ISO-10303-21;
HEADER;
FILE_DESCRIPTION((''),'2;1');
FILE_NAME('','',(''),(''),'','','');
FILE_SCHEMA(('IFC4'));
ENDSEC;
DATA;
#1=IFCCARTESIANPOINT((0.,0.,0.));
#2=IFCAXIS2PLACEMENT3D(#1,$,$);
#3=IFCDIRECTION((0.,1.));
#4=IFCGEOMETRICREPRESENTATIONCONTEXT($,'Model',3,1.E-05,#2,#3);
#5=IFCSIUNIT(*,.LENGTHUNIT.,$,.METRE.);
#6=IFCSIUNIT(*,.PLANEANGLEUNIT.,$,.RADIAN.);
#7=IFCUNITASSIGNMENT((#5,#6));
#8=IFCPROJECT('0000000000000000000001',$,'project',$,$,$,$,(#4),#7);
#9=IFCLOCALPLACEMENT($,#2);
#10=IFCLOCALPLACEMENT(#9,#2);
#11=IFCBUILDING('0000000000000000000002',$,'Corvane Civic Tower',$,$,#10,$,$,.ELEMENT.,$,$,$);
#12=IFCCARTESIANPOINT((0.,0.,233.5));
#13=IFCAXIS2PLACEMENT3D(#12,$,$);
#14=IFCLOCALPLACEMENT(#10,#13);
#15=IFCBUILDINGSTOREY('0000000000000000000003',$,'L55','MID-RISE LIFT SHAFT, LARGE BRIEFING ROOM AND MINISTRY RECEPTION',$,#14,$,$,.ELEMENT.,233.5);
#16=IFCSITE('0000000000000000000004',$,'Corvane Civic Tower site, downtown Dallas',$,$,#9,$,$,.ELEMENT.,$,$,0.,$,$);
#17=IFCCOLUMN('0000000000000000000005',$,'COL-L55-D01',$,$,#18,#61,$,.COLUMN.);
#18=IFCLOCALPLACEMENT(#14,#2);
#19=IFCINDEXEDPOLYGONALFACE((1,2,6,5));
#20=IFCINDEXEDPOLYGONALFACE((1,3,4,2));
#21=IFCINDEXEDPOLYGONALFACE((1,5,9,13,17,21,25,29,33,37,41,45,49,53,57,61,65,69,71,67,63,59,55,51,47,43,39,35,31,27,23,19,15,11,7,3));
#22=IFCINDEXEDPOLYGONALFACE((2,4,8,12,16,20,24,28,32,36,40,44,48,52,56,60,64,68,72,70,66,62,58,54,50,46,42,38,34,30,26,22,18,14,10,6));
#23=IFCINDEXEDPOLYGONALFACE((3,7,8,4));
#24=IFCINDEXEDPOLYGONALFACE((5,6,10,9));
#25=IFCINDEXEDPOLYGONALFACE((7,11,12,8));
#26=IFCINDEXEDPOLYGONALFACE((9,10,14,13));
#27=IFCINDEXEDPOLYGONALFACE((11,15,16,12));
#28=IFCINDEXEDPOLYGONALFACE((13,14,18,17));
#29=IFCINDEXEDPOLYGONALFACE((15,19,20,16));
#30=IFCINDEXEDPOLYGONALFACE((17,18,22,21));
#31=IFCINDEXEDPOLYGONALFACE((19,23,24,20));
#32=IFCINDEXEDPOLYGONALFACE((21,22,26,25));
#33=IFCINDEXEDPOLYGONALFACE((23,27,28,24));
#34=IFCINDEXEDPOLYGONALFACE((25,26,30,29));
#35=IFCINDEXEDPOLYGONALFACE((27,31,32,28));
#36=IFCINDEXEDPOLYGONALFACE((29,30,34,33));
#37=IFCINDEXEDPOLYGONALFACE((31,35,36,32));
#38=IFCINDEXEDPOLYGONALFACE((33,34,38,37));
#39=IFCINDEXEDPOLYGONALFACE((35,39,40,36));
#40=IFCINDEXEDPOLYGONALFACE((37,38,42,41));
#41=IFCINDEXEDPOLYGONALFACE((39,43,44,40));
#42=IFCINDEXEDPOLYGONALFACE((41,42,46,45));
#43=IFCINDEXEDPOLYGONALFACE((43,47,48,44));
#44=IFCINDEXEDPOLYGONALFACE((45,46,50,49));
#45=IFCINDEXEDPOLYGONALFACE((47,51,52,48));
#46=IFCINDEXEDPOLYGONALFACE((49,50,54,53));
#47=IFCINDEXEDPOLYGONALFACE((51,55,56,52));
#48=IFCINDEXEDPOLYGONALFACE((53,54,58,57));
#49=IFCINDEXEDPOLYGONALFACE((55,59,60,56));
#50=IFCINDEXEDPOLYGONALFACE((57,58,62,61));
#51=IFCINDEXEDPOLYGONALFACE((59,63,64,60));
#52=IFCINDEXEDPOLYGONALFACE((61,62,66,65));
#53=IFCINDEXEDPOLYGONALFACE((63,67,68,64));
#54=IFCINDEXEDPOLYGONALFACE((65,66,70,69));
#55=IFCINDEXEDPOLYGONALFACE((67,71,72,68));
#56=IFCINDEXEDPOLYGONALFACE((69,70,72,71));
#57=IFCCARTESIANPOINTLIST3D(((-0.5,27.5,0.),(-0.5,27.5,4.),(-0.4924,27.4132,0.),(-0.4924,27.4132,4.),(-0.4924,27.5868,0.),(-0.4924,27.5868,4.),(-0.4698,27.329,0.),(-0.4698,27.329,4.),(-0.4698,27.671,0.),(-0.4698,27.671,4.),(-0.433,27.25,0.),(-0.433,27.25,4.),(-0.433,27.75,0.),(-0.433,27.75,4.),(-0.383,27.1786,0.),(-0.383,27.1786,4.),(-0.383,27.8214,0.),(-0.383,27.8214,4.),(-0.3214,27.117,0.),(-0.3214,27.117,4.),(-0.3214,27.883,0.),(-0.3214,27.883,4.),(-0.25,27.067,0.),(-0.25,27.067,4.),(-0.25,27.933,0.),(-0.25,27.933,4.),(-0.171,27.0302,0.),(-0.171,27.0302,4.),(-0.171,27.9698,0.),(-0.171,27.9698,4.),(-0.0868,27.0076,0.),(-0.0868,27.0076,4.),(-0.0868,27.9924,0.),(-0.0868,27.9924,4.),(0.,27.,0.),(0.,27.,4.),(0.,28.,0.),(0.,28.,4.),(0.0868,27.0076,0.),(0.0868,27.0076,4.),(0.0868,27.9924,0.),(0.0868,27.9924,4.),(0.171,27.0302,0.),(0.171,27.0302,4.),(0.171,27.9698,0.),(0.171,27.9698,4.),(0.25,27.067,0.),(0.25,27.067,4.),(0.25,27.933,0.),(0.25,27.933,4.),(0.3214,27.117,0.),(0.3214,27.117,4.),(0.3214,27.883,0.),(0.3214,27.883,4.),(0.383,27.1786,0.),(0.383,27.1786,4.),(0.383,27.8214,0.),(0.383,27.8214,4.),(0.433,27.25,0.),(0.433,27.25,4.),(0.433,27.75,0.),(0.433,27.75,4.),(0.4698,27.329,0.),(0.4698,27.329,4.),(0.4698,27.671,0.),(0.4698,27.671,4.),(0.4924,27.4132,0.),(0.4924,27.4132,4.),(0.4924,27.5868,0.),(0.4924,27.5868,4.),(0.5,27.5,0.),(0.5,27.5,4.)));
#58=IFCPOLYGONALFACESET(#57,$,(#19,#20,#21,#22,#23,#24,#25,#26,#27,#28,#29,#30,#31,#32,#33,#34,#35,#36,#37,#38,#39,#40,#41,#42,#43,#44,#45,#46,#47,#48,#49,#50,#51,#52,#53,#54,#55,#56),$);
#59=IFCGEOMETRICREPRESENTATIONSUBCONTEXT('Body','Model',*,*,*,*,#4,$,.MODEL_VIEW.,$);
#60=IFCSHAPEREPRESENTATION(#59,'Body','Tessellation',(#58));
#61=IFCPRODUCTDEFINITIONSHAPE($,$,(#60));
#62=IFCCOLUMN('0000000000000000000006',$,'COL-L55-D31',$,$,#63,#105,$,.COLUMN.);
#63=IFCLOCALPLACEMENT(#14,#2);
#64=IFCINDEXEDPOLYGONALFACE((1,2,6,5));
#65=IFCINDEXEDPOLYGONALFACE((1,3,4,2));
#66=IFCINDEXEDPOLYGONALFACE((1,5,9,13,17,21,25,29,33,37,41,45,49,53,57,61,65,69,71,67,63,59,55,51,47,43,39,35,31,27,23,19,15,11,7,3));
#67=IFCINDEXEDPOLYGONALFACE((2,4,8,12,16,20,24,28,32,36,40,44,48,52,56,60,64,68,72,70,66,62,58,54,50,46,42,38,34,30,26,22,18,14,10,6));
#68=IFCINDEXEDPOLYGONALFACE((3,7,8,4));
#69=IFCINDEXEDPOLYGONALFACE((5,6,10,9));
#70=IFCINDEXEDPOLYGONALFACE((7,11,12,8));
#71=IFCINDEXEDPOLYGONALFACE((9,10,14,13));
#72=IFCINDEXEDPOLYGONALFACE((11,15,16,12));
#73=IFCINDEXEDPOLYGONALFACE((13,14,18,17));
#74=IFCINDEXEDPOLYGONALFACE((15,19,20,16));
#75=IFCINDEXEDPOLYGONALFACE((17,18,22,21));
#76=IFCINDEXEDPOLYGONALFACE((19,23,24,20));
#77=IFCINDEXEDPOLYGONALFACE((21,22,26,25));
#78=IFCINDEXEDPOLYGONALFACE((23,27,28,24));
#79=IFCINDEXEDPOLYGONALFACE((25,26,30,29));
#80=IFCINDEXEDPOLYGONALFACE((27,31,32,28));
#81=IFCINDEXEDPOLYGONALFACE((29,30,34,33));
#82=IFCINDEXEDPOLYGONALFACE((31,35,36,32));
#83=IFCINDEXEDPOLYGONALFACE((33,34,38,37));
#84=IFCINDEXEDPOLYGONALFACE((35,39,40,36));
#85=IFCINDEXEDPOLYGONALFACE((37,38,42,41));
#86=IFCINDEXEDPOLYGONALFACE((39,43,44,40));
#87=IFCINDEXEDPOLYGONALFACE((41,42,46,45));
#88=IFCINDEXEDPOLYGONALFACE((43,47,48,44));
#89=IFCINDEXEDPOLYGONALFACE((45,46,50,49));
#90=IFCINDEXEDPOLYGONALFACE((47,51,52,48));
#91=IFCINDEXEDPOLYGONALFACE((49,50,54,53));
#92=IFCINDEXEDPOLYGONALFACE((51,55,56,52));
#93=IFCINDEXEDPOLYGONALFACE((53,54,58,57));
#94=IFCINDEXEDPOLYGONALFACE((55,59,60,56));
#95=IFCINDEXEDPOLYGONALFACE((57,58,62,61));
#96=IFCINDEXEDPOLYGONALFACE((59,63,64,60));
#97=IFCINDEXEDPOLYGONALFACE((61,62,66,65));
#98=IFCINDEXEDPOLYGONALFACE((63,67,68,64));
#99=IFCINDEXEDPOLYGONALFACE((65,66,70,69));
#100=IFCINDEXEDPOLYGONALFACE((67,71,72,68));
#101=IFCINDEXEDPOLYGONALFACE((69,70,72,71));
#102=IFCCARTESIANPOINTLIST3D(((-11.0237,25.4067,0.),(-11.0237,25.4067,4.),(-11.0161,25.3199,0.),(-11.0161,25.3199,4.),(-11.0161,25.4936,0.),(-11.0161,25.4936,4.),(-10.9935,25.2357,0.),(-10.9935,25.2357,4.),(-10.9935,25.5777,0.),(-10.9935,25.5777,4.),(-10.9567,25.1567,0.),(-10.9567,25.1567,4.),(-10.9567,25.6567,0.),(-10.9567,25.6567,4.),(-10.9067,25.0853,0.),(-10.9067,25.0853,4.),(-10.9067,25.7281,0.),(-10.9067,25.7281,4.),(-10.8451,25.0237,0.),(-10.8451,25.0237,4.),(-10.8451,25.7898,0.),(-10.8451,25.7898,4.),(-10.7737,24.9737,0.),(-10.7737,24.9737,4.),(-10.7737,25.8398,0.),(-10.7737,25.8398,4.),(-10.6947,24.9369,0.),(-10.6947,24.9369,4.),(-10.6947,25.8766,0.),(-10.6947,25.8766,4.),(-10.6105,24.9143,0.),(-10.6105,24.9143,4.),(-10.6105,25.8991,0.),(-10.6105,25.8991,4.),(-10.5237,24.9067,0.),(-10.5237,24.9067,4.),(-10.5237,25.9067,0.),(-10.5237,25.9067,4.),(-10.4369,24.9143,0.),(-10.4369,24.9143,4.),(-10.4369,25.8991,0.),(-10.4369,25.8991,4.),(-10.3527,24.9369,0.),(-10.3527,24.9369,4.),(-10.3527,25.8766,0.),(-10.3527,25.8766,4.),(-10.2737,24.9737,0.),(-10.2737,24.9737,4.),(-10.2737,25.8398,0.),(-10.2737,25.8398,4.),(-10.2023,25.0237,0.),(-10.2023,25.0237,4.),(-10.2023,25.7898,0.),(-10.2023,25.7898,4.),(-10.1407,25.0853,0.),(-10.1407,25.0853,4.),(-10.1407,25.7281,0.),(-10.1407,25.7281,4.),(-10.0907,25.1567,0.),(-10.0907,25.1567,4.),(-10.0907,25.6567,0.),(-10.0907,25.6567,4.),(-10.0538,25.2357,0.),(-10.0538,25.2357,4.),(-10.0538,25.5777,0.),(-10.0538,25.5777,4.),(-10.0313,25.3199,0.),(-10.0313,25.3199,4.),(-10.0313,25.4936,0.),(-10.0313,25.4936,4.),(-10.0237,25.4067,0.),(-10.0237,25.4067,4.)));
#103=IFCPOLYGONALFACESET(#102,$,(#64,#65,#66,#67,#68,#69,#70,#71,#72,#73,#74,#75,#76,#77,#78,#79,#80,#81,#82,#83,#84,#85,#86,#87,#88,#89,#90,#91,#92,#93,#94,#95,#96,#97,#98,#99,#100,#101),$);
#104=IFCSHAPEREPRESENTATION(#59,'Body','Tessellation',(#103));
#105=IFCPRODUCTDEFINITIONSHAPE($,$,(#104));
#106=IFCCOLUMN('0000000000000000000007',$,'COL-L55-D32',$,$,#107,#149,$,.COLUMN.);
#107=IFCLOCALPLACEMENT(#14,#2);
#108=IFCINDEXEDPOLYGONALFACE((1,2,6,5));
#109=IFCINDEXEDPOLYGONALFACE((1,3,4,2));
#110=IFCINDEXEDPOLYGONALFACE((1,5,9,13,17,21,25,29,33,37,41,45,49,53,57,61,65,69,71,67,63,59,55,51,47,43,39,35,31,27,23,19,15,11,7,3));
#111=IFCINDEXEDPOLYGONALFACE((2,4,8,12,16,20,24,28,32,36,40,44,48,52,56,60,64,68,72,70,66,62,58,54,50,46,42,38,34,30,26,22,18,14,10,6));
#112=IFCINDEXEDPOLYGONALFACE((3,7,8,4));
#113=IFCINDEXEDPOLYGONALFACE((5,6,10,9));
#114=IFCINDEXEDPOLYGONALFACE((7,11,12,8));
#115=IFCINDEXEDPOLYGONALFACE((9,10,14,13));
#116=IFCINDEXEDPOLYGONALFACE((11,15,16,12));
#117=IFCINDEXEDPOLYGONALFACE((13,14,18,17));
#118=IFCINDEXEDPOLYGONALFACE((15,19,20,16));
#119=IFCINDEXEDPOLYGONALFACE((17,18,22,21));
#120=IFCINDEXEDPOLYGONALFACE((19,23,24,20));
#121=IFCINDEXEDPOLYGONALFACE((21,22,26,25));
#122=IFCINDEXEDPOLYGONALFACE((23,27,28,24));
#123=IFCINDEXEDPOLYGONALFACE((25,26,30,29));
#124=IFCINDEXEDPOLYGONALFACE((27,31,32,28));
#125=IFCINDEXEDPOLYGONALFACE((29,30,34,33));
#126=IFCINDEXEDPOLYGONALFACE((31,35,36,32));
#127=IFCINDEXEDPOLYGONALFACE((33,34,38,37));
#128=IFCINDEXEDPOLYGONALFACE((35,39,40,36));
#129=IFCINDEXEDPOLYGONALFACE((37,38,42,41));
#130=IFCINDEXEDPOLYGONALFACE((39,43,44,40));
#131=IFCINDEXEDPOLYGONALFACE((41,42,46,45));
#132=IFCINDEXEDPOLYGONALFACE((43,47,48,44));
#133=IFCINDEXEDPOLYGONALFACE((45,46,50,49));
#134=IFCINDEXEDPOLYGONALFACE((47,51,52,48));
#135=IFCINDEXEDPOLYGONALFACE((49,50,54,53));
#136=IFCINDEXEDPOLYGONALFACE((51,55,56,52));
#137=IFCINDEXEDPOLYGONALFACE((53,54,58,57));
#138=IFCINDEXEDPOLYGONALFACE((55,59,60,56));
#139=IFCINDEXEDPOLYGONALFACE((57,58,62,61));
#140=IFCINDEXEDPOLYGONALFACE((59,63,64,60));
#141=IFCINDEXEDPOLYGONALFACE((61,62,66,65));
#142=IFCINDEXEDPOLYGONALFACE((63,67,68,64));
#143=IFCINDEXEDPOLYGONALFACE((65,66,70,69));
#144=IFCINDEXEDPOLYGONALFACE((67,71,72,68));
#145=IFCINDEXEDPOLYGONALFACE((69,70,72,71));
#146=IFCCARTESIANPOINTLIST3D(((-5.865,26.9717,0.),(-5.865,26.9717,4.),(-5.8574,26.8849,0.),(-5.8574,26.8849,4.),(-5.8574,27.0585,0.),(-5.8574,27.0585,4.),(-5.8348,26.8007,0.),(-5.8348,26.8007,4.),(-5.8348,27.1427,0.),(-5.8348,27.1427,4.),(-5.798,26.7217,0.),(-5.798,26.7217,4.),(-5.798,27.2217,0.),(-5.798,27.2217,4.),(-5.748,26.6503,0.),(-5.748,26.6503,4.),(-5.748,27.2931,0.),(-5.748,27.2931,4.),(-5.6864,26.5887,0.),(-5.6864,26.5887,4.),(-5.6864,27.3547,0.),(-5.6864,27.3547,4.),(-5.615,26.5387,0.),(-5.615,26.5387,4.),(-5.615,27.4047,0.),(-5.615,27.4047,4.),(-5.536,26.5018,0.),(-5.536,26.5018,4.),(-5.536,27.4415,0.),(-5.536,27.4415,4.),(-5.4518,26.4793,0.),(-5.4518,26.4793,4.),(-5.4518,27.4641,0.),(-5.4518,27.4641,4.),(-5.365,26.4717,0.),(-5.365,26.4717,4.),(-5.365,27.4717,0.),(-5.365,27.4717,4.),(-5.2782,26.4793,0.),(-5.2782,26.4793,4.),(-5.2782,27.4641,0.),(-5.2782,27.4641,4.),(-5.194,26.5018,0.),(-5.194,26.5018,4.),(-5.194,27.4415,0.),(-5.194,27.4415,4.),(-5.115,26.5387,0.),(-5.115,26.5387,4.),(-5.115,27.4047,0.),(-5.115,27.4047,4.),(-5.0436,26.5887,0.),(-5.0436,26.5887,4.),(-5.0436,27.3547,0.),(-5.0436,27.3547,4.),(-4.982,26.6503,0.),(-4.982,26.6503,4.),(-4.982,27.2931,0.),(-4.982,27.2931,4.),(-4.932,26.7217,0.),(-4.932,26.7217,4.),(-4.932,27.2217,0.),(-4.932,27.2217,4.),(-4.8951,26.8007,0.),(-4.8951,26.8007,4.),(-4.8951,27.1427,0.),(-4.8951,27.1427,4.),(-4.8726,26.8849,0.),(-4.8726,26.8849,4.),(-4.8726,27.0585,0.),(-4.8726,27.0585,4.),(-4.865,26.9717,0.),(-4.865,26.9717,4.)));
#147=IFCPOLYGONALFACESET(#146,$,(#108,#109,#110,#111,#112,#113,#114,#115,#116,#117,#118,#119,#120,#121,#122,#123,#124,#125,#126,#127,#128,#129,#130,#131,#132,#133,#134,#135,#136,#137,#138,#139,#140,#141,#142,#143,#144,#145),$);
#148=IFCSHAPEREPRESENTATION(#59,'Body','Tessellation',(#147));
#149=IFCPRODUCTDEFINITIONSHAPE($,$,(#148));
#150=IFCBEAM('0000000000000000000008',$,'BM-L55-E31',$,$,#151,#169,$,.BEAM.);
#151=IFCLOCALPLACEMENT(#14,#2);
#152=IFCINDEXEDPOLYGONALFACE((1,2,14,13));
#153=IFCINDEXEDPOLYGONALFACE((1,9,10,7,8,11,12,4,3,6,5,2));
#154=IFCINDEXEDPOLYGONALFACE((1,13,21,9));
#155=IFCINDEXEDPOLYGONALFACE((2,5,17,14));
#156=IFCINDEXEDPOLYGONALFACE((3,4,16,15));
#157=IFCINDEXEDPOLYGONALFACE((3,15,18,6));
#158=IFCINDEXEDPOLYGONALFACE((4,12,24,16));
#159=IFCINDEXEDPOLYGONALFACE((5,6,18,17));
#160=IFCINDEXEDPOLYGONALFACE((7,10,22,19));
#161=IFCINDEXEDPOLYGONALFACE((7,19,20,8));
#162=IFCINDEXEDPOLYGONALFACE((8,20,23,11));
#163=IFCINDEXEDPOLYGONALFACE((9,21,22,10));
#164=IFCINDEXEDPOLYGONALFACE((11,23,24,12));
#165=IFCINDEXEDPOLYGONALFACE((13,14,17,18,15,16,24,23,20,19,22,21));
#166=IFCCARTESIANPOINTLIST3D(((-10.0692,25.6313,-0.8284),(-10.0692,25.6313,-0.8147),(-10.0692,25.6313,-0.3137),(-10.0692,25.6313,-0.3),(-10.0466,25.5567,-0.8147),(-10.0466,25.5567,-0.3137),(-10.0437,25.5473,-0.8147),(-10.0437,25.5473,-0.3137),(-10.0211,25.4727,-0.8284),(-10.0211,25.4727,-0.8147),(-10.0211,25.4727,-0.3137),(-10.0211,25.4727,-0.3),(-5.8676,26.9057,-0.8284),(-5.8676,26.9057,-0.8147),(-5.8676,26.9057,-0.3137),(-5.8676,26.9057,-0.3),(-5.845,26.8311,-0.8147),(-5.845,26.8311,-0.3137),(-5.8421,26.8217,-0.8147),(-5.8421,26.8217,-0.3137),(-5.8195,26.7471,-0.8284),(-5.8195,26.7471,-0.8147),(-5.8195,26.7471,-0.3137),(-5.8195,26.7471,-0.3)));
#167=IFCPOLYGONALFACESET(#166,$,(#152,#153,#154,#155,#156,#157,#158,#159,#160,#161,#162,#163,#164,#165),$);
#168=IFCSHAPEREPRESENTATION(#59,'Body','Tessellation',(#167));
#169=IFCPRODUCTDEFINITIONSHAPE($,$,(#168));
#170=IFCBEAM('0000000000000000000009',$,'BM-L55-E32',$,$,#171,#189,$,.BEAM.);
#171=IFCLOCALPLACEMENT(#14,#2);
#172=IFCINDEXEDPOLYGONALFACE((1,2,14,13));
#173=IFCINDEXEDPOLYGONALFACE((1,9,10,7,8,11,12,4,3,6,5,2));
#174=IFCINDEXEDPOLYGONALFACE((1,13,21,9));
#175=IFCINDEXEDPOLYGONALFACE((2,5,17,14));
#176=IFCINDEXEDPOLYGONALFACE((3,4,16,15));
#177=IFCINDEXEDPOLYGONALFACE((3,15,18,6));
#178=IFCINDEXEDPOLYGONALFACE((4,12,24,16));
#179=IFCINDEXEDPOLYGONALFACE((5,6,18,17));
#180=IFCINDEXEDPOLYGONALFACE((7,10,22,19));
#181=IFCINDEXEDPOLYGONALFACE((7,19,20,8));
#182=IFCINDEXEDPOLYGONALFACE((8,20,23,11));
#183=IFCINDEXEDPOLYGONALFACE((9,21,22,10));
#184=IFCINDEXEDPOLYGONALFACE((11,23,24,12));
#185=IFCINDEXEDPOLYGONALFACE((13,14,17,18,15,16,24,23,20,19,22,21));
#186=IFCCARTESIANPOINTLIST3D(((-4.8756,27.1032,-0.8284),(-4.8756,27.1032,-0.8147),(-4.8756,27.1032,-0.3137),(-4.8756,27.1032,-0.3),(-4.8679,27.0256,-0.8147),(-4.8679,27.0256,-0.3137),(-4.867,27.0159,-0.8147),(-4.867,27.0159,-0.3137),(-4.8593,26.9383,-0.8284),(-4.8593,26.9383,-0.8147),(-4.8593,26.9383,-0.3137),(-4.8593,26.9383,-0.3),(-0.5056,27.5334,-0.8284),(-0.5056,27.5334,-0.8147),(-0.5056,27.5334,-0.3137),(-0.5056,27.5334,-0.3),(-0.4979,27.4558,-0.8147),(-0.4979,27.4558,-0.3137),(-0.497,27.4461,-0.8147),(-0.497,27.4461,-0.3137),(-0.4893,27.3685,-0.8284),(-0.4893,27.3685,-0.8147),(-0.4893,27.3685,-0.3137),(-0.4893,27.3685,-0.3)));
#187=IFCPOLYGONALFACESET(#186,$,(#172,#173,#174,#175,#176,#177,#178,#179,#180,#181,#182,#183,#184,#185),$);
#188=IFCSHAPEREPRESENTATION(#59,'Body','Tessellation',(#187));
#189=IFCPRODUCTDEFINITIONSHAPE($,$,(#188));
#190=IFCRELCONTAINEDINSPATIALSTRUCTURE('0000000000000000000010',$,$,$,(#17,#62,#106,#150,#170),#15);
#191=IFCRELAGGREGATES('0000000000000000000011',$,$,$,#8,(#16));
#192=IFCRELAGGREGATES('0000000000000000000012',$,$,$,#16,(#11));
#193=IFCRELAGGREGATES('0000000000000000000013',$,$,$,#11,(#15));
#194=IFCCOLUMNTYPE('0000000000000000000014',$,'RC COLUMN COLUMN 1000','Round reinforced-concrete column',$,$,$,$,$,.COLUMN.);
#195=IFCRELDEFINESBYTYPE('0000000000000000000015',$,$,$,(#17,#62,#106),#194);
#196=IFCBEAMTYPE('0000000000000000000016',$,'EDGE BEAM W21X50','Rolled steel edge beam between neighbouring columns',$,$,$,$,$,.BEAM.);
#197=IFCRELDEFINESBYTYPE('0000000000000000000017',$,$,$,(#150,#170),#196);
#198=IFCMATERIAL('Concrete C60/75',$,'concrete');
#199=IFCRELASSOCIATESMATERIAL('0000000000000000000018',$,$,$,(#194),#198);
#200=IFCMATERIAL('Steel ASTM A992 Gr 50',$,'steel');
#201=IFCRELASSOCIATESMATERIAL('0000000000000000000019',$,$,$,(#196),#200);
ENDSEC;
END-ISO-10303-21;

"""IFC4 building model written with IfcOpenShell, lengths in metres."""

from ifc_helpers import new_model, si_unit, direction, frame, origin, origin_2d, place, context, subcontext, project, spatial, circle, i_section, extrude, material, material_profile, profile_set, type_object, element, save


model = new_model("IFC4")

# Units and contexts
model_context = context("Model", 3, precision=1e-05, world=origin(), true_north=direction((0.0, 1.0)))
body_context = subcontext(model_context, "Body", "Model", "MODEL_VIEW")
ifc_project = project(units=[si_unit("LENGTHUNIT", "METRE"), si_unit("PLANEANGLEUNIT", "RADIAN")], contexts=[model_context])

# Site, building, storey
site_placement = place(None, origin())
site = spatial("IfcSite", under=ifc_project, at=site_placement, Name="Corvane Civic Tower site, downtown Dallas", CompositionType="ELEMENT", RefElevation=0.0)
building_placement = place(site_placement, origin())
building = spatial("IfcBuilding", under=site, at=building_placement, Name="Corvane Civic Tower", CompositionType="ELEMENT")
storey_placement = place(building_placement, frame((0.0, 0.0, 233.5)))
storey = spatial("IfcBuildingStorey", under=building, at=storey_placement, Name="L55", Description="MID-RISE LIFT SHAFT, LARGE BRIEFING ROOM AND MINISTRY RECEPTION", CompositionType="ELEMENT", Elevation=233.5)

# Columns
ifc_material_1 = material(Name="Concrete C60/75", Category="concrete")
ifc_material_profile_1 = material_profile(ifc_material_1, circle(Radius=0.5, at=origin_2d()), Name="COLUMN 1000")
ifc_profile_set_1 = profile_set([ifc_material_profile_1], Name="Concrete C60/75")
column_type = type_object("IfcColumnType", Name="RC COLUMN COLUMN 1000", Description="Round reinforced-concrete column", PredefinedType="COLUMN", material=ifc_profile_set_1)
for number, where, z_axis, x_axis, name in (
    (1, (0.0, 27.5, 0.0), (0.0, 0.0, 1.0), (1.0, 0.0, 0.0), "COL-L55-D01"),
    (2, (-10.5237, 25.4067, 0.0), (0.0, 0.0, 1.0), (1.0, 0.0, 0.0), "COL-L55-D31"),
    (3, (-5.365, 26.9717, 0.0), (0.0, 0.0, 1.0), (1.0, 0.0, 0.0), "COL-L55-D32"),
):
    element("IfcColumn", number, at=place(storey_placement, frame(where, z_axis=z_axis, x_axis=x_axis)), inside=storey, type_object=column_type, Name=name, PredefinedType="COLUMN", context=body_context, shape_type="SweptSolid", body=[
        extrude(circle(Radius=0.5, at=origin_2d()), origin(), (0.0, 0.0, 1.0), 4.0),
    ])

# Beams
ifc_material_2 = material(Name="Steel ASTM A992 Gr 50", Category="steel")
ifc_material_profile_2 = material_profile(ifc_material_2, i_section(OverallWidth=0.1658, OverallDepth=0.5283, WebThickness=0.0098, FlangeThickness=0.0137, at=origin_2d()), Name="W21X50")
ifc_profile_set_2 = profile_set([ifc_material_profile_2], Name="Steel ASTM A992 Gr 50")
beam_type_1 = type_object("IfcBeamType", Name="EDGE BEAM W21X50", Description="Rolled steel edge beam between neighbouring columns", PredefinedType="BEAM", material=ifc_profile_set_2)
beam_1_placement = place(storey_placement, frame((-10.0452, 25.552, -0.5642), z_axis=(0.95695, 0.290254, 0.0), x_axis=(-0.290254, 0.95695, 0.0)))
element("IfcBeam", 4, at=beam_1_placement, inside=storey, type_object=beam_type_1, Name="BM-L55-E31", PredefinedType="BEAM", context=body_context, shape_type="SweptSolid", body=[
    extrude(i_section(OverallWidth=0.1658, OverallDepth=0.5283, WebThickness=0.0098, FlangeThickness=0.0137, at=origin_2d()), origin(), (0.0, 0.0, 1.0), 4.3906),
])
beam_2_placement = place(storey_placement, frame((-4.8674, 27.0208, -0.5642), z_axis=(0.99519, 0.097968, 0.0), x_axis=(-0.097968, 0.99519, 0.0)))
element("IfcBeam", 5, at=beam_2_placement, inside=storey, type_object=beam_type_1, Name="BM-L55-E32", PredefinedType="BEAM", context=body_context, shape_type="SweptSolid", body=[
    extrude(i_section(OverallWidth=0.1658, OverallDepth=0.5283, WebThickness=0.0098, FlangeThickness=0.0137, at=origin_2d()), origin(), (0.0, 0.0, 1.0), 4.3911),
])

save(model, "model.ifc")
